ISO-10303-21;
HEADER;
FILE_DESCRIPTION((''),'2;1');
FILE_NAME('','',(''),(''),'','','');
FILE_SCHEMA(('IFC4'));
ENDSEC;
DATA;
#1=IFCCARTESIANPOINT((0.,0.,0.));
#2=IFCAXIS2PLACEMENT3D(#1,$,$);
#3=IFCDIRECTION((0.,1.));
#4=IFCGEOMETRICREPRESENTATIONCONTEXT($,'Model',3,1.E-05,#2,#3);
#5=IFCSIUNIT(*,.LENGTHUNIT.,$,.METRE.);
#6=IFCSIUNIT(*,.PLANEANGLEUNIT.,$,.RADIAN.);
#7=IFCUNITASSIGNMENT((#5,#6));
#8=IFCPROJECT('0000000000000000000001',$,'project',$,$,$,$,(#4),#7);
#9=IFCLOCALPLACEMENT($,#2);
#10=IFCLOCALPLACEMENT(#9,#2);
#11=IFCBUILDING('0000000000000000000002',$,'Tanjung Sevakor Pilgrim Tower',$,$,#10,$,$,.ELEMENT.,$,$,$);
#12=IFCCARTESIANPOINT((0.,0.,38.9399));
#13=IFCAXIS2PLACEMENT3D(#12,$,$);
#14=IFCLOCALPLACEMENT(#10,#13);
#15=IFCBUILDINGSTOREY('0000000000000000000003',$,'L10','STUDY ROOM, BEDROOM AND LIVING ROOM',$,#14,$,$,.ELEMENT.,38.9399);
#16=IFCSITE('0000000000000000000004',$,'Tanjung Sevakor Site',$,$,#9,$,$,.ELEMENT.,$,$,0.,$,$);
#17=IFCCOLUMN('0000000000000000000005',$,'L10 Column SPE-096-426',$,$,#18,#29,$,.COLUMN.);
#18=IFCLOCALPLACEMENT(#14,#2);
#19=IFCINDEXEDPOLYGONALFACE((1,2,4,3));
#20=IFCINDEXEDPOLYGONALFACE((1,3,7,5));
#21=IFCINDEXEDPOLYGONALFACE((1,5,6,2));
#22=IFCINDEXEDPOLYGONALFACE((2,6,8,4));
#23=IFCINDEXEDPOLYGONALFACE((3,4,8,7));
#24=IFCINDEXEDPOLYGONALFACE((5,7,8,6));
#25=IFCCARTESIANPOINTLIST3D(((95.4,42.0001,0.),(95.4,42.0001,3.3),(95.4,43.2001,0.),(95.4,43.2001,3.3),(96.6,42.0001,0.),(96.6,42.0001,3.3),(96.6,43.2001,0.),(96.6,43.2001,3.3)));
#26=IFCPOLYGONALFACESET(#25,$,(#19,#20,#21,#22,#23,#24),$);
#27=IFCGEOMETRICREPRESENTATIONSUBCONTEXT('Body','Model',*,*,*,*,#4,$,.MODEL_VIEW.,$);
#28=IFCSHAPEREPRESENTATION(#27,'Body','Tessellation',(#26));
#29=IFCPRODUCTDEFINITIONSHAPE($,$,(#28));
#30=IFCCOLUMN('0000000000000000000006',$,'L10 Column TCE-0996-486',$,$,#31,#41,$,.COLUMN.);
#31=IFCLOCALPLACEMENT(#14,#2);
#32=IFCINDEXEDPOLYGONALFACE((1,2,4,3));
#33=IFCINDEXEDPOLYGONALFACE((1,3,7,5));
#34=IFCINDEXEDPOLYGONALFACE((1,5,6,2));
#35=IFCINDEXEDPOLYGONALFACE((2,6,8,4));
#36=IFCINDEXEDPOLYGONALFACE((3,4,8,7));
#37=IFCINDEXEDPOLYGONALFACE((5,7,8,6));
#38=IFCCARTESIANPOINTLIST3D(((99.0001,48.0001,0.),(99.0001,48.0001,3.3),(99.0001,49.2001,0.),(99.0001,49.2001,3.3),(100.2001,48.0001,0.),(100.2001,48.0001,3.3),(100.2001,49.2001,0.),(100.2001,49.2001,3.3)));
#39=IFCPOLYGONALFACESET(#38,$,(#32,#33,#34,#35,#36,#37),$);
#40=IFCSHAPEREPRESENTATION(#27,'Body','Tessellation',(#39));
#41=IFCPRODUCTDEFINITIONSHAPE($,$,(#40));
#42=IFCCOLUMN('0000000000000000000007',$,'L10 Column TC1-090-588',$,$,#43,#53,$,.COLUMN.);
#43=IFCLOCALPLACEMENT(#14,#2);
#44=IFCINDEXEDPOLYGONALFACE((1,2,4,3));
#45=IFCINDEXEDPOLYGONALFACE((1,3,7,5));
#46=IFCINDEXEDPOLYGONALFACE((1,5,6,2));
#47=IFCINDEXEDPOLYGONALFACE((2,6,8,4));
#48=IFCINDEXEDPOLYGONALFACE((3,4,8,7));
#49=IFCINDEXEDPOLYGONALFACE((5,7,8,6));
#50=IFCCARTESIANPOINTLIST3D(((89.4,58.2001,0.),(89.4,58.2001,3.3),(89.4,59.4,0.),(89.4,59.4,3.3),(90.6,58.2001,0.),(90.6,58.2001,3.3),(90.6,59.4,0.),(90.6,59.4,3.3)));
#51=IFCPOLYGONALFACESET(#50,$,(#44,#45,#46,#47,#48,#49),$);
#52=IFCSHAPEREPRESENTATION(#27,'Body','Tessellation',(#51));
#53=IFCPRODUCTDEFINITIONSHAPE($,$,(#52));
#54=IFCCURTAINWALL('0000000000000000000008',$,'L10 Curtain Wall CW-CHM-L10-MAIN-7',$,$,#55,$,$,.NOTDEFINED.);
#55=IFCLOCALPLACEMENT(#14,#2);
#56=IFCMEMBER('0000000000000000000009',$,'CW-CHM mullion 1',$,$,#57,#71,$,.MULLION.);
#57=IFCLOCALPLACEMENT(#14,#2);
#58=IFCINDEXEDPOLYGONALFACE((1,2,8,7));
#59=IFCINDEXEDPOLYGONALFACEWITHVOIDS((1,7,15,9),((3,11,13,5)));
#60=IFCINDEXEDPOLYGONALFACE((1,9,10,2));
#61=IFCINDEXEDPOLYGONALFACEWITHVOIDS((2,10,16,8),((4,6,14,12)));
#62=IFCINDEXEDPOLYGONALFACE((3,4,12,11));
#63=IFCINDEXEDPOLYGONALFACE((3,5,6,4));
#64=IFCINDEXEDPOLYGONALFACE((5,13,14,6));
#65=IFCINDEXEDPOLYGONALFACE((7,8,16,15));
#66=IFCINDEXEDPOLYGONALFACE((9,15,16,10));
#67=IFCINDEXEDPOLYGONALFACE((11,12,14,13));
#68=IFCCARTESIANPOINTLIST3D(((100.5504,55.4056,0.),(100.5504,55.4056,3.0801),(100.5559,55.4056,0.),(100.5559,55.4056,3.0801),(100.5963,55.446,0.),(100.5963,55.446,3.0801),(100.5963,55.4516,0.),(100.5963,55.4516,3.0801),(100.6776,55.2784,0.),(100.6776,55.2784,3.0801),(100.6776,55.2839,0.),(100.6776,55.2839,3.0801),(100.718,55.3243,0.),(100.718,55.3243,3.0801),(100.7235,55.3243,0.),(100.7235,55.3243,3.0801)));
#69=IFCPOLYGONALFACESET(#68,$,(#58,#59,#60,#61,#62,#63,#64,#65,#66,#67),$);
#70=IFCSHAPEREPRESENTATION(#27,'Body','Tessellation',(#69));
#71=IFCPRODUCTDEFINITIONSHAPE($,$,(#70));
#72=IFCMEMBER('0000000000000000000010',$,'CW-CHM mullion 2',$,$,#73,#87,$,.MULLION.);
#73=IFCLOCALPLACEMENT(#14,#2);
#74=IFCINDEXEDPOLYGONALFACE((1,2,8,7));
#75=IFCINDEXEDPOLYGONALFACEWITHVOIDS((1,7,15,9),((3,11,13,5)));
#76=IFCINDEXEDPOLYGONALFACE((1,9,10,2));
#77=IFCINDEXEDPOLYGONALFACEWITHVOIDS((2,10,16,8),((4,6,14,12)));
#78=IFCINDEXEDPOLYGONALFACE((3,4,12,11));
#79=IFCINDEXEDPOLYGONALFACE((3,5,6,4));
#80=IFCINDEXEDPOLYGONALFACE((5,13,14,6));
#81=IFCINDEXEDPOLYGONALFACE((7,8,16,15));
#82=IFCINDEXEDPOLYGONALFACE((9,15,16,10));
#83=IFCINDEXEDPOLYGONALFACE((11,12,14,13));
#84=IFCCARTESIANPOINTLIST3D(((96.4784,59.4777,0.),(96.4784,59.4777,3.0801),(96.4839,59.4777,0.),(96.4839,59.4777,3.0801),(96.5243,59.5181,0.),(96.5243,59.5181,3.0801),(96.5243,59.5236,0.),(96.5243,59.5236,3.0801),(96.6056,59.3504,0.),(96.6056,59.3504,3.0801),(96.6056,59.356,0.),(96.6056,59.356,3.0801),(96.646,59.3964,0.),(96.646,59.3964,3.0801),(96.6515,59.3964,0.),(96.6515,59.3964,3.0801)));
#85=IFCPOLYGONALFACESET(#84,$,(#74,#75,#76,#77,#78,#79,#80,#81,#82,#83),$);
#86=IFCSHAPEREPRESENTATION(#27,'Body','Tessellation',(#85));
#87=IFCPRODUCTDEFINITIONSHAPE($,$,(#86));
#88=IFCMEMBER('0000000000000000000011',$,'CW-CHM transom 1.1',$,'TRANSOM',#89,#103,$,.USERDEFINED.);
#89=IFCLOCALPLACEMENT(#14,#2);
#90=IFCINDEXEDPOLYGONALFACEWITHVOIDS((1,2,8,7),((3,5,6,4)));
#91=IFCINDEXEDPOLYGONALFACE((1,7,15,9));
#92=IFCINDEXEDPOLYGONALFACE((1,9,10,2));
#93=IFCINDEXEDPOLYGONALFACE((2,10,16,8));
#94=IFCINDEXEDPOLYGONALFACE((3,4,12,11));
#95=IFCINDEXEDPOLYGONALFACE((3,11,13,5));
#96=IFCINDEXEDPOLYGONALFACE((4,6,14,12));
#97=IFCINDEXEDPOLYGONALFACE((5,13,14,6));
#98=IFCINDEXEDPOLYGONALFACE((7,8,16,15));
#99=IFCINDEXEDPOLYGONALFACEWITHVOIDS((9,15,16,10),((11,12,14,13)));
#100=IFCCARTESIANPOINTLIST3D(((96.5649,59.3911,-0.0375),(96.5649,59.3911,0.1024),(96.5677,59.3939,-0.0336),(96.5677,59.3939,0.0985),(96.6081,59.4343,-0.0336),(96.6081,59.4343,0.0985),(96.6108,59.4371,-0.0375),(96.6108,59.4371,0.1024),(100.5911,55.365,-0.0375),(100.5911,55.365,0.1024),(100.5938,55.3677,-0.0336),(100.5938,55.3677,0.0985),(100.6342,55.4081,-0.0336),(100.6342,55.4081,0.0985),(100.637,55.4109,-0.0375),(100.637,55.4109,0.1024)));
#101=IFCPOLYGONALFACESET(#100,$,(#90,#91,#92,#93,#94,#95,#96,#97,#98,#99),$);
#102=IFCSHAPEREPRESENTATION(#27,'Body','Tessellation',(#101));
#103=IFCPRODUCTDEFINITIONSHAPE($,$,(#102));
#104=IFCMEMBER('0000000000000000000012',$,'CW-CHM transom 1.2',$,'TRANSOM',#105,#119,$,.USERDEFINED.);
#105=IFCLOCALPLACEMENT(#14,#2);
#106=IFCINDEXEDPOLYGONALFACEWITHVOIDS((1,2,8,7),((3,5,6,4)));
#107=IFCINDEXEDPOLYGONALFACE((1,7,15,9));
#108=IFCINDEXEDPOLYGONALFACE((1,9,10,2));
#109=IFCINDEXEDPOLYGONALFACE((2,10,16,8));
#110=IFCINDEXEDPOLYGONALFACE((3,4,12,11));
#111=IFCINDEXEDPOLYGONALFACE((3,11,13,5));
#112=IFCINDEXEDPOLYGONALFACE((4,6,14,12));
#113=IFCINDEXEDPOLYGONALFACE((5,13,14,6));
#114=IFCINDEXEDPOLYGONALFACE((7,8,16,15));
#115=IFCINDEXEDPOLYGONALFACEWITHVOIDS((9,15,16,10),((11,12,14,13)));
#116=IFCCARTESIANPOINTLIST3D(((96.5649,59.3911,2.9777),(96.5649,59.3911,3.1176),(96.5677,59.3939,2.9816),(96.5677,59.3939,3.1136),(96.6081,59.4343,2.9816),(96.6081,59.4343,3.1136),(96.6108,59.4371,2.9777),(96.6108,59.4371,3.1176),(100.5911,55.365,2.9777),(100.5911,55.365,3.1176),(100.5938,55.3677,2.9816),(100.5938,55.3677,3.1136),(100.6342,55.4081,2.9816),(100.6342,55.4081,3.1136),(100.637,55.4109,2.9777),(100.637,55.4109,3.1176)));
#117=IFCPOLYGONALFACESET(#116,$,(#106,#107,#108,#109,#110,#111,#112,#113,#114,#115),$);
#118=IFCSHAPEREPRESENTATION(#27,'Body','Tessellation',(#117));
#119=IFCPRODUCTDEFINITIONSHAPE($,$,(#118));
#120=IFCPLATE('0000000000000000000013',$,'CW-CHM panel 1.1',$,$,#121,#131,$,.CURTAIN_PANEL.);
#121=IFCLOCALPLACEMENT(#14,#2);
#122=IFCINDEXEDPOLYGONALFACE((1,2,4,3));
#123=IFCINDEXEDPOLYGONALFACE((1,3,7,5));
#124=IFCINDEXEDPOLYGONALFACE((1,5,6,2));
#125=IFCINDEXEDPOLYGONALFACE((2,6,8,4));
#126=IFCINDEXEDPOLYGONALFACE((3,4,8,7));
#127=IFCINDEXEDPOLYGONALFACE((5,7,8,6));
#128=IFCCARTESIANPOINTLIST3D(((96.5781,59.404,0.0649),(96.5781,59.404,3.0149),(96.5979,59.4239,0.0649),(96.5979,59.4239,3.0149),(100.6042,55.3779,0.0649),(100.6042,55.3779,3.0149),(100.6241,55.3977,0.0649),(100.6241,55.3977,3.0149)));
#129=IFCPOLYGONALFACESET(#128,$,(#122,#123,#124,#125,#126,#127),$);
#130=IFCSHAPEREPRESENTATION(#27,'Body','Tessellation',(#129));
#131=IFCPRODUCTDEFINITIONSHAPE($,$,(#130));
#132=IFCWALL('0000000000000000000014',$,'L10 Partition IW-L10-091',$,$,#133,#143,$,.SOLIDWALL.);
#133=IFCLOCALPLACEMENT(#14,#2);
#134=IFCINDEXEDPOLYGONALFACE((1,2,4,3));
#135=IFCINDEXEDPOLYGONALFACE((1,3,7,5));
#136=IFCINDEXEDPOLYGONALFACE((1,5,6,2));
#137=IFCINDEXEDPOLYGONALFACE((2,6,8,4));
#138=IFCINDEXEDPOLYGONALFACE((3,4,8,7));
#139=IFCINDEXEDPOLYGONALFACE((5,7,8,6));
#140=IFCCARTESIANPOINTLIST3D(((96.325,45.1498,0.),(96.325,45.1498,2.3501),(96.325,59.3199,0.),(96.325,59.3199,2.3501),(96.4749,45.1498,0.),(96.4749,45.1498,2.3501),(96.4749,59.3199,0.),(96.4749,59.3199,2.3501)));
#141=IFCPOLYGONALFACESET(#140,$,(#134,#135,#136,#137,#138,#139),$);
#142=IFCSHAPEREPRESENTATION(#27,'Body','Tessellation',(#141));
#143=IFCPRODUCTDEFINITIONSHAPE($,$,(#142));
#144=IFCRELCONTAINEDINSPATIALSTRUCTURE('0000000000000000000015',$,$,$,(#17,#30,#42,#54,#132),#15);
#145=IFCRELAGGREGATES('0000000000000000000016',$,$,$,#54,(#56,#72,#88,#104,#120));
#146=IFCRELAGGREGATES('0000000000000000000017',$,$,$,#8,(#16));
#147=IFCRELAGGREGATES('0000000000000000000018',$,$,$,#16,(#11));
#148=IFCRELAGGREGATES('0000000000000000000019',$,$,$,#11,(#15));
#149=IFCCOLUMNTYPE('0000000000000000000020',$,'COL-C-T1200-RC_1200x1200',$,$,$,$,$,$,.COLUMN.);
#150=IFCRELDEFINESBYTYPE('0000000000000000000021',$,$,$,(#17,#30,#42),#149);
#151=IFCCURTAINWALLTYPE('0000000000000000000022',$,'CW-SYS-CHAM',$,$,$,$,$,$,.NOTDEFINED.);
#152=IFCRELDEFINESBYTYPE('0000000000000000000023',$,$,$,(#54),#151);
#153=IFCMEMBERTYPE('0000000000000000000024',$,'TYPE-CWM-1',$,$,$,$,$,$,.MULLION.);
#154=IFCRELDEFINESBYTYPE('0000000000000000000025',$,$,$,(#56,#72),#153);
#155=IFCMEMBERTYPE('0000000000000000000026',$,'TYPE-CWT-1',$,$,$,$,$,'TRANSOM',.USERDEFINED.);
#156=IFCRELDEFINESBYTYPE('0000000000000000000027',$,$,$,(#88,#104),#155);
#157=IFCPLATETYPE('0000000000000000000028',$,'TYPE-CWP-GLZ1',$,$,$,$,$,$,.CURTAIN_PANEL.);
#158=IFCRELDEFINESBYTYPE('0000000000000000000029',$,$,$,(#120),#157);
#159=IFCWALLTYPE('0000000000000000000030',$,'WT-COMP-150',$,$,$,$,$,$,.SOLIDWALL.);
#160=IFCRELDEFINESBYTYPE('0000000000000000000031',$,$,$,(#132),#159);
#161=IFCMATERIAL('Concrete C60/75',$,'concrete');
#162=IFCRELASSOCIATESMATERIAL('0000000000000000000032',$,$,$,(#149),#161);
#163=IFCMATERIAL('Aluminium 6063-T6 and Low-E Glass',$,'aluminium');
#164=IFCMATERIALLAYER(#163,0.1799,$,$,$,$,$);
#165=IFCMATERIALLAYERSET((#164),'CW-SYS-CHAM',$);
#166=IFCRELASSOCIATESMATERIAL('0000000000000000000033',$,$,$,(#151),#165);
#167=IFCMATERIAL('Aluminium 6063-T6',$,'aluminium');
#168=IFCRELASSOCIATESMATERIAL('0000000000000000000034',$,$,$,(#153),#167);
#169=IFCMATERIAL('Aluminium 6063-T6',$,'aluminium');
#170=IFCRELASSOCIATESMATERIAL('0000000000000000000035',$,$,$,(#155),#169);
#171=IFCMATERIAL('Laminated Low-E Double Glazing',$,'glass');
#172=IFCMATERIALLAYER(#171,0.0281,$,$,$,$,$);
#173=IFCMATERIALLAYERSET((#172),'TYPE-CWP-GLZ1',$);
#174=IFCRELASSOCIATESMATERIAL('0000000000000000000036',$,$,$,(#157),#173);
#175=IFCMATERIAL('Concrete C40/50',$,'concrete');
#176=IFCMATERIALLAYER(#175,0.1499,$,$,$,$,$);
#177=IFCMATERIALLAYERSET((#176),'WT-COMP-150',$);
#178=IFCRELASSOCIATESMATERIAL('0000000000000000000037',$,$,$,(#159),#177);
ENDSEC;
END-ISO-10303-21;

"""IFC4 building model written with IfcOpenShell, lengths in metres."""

from ifc_helpers import new_model, si_unit, direction, frame, frame_2d, origin, origin_2d, place, context, subcontext, project, spatial, rectangle, hollow_rectangle, extrude, material, layer, layer_set, material_profile, profile_set, type_object, element, aggregate, save


model = new_model("IFC4")

# Units and contexts
model_context = context("Model", 3, precision=1e-05, world=origin(), true_north=direction((0.0, 1.0)))
body_context = subcontext(model_context, "Body", "Model", "MODEL_VIEW")
ifc_project = project(units=[si_unit("LENGTHUNIT", "METRE"), si_unit("PLANEANGLEUNIT", "RADIAN")], contexts=[model_context])

# Site, building, storey
site_placement = place(None, origin())
site = spatial("IfcSite", under=ifc_project, at=site_placement, Name="Tanjung Sevakor Site", CompositionType="ELEMENT", RefElevation=0.0)
building_placement = place(site_placement, origin())
building = spatial("IfcBuilding", under=site, at=building_placement, Name="Tanjung Sevakor Pilgrim Tower", CompositionType="ELEMENT")
storey_placement = place(building_placement, frame((0.0, 0.0, 38.9399)))
storey = spatial("IfcBuildingStorey", under=building, at=storey_placement, Name="L10", Description="STUDY ROOM, BEDROOM AND LIVING ROOM", CompositionType="ELEMENT", Elevation=38.9399)

# Columns
ifc_material_1 = material(Name="Concrete C60/75", Category="concrete")
ifc_material_profile_1 = material_profile(ifc_material_1, rectangle(XDim=1.2, YDim=1.2, at=origin_2d()))
ifc_profile_set_1 = profile_set([ifc_material_profile_1], Name="Concrete C60/75")
column_type = type_object("IfcColumnType", Name="COL-C-T1200-RC_1200x1200", PredefinedType="COLUMN", material=ifc_profile_set_1)
for number, where, z_axis, x_axis, name in (
    (1, (96.0, 42.6001, 0.0), (0.0, 0.0, 1.0), (1.0, 0.0, 0.0), "L10 Column SPE-096-426"),
    (2, (99.6001, 48.6001, 0.0), (0.0, 0.0, 1.0), (1.0, 0.0, 0.0), "L10 Column TCE-0996-486"),
    (3, (90.0, 58.8, 0.0), (0.0, 0.0, 1.0), (1.0, 0.0, 0.0), "L10 Column TC1-090-588"),
):
    element("IfcColumn", number, at=place(storey_placement, frame(where, z_axis=z_axis, x_axis=x_axis)), inside=storey, type_object=column_type, Name=name, PredefinedType="COLUMN", context=body_context, shape_type="SweptSolid", body=[
        extrude(rectangle(XDim=1.2, YDim=1.2, at=origin_2d()), origin(), (0.0, 0.0, 1.0), 3.3),
    ])

# Curtain wall, members, plate
ifc_material_2 = material(Name="Aluminium 6063-T6 and Low-E Glass", Category="aluminium")
ifc_layer_1 = layer(ifc_material_2, 0.1799)
ifc_layer_set_1 = layer_set([ifc_layer_1], Name="CW-SYS-CHAM")
curtain_wall_type = type_object("IfcCurtainWallType", Name="CW-SYS-CHAM", PredefinedType="NOTDEFINED", material=ifc_layer_set_1)
curtain_wall_placement = place(storey_placement, origin())
curtain_wall = element("IfcCurtainWall", 4, at=curtain_wall_placement, inside=storey, type_object=curtain_wall_type, Name="L10 Curtain Wall CW-CHM-L10-MAIN-7", PredefinedType="NOTDEFINED")
ifc_material_3 = material(Name="Aluminium 6063-T6", Category="aluminium")
ifc_material_profile_2 = material_profile(ifc_material_3, hollow_rectangle(XDim=0.0649, YDim=0.1799, WallThickness=0.0039, at=origin_2d()))
ifc_profile_set_2 = profile_set([ifc_material_profile_2], Name="Aluminium 6063-T6")
member_type_1 = type_object("IfcMemberType", Name="TYPE-CWM-1", PredefinedType="MULLION", material=ifc_profile_set_2)
member_1_placement = place(storey_placement, frame((100.637, 55.365, 0.0), z_axis=(0.0, 0.0, 1.0), x_axis=(-0.707107, -0.707107, 0.0)))
member_1 = element("IfcMember", 5, at=member_1_placement, type_object=member_type_1, Name="CW-CHM mullion 1", PredefinedType="MULLION", context=body_context, shape_type="SweptSolid", body=[
    extrude(hollow_rectangle(XDim=0.0649, YDim=0.1799, WallThickness=0.0039, at=origin_2d()), origin(), (0.0, 0.0, 1.0), 3.0801),
])
member_2_placement = place(storey_placement, frame((96.5649, 59.437, 0.0), z_axis=(0.0, 0.0, 1.0), x_axis=(-0.707107, -0.707107, 0.0)))
member_2 = element("IfcMember", 6, at=member_2_placement, type_object=member_type_1, Name="CW-CHM mullion 2", PredefinedType="MULLION", context=body_context, shape_type="SweptSolid", body=[
    extrude(hollow_rectangle(XDim=0.0649, YDim=0.1799, WallThickness=0.0039, at=origin_2d()), origin(), (0.0, 0.0, 1.0), 3.0801),
])
ifc_material_4 = material(Name="Aluminium 6063-T6", Category="aluminium")
ifc_material_profile_3 = material_profile(ifc_material_4, hollow_rectangle(XDim=0.0649, YDim=0.1399, WallThickness=0.0039, at=origin_2d()))
ifc_profile_set_3 = profile_set([ifc_material_profile_3], Name="Aluminium 6063-T6")
member_type_2 = type_object("IfcMemberType", Name="TYPE-CWT-1", ElementType="TRANSOM", PredefinedType="USERDEFINED", material=ifc_profile_set_3)
member_3_placement = place(storey_placement, frame((100.614, 55.3879, 0.0325), z_axis=(-0.707107, 0.707107, 0.0), x_axis=(-0.707107, -0.707107, 0.0)))
member_3 = element("IfcMember", 7, at=member_3_placement, type_object=member_type_2, Name="CW-CHM transom 1.1", ObjectType="TRANSOM", PredefinedType="USERDEFINED", context=body_context, shape_type="SweptSolid", body=[
    extrude(hollow_rectangle(XDim=0.0649, YDim=0.1399, WallThickness=0.0039, at=origin_2d()), origin(), (0.0, 0.0, 1.0), 5.6938),
])
member_4_placement = place(storey_placement, frame((100.614, 55.3879, 3.0476), z_axis=(-0.707107, 0.707107, 0.0), x_axis=(-0.707107, -0.707107, 0.0)))
member_4 = element("IfcMember", 8, at=member_4_placement, type_object=member_type_2, Name="CW-CHM transom 1.2", ObjectType="TRANSOM", PredefinedType="USERDEFINED", context=body_context, shape_type="SweptSolid", body=[
    extrude(hollow_rectangle(XDim=0.0649, YDim=0.1399, WallThickness=0.0039, at=origin_2d()), origin(), (0.0, 0.0, 1.0), 5.6938),
])
ifc_material_5 = material(Name="Laminated Low-E Double Glazing", Category="glass")
ifc_layer_2 = layer(ifc_material_5, 0.0281)
ifc_layer_set_2 = layer_set([ifc_layer_2], Name="TYPE-CWP-GLZ1")
plate_type = type_object("IfcPlateType", Name="TYPE-CWP-GLZ1", PredefinedType="CURTAIN_PANEL", material=ifc_layer_set_2)
plate_placement = place(storey_placement, frame((98.6011, 57.4009, 0.0649), z_axis=(0.0, 0.0, 1.0), x_axis=(-0.707107, 0.707107, 0.0)))
plate = element("IfcPlate", 9, at=plate_placement, type_object=plate_type, Name="CW-CHM panel 1.1", PredefinedType="CURTAIN_PANEL", context=body_context, shape_type="SweptSolid", body=[
    extrude(rectangle(XDim=5.6938, YDim=0.0281, at=origin_2d()), origin(), (0.0, 0.0, 1.0), 2.95),
])
aggregate(curtain_wall, [member_1, member_2, member_3, member_4, plate])

# Wall
ifc_material_6 = material(Name="Concrete C40/50", Category="concrete")
ifc_layer_3 = layer(ifc_material_6, 0.1499)
ifc_layer_set_3 = layer_set([ifc_layer_3], Name="WT-COMP-150")
wall_type_1 = type_object("IfcWallType", Name="WT-COMP-150", PredefinedType="SOLIDWALL", material=ifc_layer_set_3)
wall_1_placement = place(storey_placement, frame((96.3999, 45.1499, 0.0), z_axis=(0.0, 0.0, 1.0), x_axis=(0.0, 1.0, 0.0)))
element("IfcWall", 10, at=wall_1_placement, inside=storey, type_object=wall_type_1, Name="L10 Partition IW-L10-091", PredefinedType="SOLIDWALL", context=body_context, shape_type="SweptSolid", body=[
    extrude(rectangle(XDim=14.1702, YDim=0.1499, at=frame_2d((7.085, 0.0))), origin(), (0.0, 0.0, 1.0), 2.3501),
])

save(model, "model.ifc")
